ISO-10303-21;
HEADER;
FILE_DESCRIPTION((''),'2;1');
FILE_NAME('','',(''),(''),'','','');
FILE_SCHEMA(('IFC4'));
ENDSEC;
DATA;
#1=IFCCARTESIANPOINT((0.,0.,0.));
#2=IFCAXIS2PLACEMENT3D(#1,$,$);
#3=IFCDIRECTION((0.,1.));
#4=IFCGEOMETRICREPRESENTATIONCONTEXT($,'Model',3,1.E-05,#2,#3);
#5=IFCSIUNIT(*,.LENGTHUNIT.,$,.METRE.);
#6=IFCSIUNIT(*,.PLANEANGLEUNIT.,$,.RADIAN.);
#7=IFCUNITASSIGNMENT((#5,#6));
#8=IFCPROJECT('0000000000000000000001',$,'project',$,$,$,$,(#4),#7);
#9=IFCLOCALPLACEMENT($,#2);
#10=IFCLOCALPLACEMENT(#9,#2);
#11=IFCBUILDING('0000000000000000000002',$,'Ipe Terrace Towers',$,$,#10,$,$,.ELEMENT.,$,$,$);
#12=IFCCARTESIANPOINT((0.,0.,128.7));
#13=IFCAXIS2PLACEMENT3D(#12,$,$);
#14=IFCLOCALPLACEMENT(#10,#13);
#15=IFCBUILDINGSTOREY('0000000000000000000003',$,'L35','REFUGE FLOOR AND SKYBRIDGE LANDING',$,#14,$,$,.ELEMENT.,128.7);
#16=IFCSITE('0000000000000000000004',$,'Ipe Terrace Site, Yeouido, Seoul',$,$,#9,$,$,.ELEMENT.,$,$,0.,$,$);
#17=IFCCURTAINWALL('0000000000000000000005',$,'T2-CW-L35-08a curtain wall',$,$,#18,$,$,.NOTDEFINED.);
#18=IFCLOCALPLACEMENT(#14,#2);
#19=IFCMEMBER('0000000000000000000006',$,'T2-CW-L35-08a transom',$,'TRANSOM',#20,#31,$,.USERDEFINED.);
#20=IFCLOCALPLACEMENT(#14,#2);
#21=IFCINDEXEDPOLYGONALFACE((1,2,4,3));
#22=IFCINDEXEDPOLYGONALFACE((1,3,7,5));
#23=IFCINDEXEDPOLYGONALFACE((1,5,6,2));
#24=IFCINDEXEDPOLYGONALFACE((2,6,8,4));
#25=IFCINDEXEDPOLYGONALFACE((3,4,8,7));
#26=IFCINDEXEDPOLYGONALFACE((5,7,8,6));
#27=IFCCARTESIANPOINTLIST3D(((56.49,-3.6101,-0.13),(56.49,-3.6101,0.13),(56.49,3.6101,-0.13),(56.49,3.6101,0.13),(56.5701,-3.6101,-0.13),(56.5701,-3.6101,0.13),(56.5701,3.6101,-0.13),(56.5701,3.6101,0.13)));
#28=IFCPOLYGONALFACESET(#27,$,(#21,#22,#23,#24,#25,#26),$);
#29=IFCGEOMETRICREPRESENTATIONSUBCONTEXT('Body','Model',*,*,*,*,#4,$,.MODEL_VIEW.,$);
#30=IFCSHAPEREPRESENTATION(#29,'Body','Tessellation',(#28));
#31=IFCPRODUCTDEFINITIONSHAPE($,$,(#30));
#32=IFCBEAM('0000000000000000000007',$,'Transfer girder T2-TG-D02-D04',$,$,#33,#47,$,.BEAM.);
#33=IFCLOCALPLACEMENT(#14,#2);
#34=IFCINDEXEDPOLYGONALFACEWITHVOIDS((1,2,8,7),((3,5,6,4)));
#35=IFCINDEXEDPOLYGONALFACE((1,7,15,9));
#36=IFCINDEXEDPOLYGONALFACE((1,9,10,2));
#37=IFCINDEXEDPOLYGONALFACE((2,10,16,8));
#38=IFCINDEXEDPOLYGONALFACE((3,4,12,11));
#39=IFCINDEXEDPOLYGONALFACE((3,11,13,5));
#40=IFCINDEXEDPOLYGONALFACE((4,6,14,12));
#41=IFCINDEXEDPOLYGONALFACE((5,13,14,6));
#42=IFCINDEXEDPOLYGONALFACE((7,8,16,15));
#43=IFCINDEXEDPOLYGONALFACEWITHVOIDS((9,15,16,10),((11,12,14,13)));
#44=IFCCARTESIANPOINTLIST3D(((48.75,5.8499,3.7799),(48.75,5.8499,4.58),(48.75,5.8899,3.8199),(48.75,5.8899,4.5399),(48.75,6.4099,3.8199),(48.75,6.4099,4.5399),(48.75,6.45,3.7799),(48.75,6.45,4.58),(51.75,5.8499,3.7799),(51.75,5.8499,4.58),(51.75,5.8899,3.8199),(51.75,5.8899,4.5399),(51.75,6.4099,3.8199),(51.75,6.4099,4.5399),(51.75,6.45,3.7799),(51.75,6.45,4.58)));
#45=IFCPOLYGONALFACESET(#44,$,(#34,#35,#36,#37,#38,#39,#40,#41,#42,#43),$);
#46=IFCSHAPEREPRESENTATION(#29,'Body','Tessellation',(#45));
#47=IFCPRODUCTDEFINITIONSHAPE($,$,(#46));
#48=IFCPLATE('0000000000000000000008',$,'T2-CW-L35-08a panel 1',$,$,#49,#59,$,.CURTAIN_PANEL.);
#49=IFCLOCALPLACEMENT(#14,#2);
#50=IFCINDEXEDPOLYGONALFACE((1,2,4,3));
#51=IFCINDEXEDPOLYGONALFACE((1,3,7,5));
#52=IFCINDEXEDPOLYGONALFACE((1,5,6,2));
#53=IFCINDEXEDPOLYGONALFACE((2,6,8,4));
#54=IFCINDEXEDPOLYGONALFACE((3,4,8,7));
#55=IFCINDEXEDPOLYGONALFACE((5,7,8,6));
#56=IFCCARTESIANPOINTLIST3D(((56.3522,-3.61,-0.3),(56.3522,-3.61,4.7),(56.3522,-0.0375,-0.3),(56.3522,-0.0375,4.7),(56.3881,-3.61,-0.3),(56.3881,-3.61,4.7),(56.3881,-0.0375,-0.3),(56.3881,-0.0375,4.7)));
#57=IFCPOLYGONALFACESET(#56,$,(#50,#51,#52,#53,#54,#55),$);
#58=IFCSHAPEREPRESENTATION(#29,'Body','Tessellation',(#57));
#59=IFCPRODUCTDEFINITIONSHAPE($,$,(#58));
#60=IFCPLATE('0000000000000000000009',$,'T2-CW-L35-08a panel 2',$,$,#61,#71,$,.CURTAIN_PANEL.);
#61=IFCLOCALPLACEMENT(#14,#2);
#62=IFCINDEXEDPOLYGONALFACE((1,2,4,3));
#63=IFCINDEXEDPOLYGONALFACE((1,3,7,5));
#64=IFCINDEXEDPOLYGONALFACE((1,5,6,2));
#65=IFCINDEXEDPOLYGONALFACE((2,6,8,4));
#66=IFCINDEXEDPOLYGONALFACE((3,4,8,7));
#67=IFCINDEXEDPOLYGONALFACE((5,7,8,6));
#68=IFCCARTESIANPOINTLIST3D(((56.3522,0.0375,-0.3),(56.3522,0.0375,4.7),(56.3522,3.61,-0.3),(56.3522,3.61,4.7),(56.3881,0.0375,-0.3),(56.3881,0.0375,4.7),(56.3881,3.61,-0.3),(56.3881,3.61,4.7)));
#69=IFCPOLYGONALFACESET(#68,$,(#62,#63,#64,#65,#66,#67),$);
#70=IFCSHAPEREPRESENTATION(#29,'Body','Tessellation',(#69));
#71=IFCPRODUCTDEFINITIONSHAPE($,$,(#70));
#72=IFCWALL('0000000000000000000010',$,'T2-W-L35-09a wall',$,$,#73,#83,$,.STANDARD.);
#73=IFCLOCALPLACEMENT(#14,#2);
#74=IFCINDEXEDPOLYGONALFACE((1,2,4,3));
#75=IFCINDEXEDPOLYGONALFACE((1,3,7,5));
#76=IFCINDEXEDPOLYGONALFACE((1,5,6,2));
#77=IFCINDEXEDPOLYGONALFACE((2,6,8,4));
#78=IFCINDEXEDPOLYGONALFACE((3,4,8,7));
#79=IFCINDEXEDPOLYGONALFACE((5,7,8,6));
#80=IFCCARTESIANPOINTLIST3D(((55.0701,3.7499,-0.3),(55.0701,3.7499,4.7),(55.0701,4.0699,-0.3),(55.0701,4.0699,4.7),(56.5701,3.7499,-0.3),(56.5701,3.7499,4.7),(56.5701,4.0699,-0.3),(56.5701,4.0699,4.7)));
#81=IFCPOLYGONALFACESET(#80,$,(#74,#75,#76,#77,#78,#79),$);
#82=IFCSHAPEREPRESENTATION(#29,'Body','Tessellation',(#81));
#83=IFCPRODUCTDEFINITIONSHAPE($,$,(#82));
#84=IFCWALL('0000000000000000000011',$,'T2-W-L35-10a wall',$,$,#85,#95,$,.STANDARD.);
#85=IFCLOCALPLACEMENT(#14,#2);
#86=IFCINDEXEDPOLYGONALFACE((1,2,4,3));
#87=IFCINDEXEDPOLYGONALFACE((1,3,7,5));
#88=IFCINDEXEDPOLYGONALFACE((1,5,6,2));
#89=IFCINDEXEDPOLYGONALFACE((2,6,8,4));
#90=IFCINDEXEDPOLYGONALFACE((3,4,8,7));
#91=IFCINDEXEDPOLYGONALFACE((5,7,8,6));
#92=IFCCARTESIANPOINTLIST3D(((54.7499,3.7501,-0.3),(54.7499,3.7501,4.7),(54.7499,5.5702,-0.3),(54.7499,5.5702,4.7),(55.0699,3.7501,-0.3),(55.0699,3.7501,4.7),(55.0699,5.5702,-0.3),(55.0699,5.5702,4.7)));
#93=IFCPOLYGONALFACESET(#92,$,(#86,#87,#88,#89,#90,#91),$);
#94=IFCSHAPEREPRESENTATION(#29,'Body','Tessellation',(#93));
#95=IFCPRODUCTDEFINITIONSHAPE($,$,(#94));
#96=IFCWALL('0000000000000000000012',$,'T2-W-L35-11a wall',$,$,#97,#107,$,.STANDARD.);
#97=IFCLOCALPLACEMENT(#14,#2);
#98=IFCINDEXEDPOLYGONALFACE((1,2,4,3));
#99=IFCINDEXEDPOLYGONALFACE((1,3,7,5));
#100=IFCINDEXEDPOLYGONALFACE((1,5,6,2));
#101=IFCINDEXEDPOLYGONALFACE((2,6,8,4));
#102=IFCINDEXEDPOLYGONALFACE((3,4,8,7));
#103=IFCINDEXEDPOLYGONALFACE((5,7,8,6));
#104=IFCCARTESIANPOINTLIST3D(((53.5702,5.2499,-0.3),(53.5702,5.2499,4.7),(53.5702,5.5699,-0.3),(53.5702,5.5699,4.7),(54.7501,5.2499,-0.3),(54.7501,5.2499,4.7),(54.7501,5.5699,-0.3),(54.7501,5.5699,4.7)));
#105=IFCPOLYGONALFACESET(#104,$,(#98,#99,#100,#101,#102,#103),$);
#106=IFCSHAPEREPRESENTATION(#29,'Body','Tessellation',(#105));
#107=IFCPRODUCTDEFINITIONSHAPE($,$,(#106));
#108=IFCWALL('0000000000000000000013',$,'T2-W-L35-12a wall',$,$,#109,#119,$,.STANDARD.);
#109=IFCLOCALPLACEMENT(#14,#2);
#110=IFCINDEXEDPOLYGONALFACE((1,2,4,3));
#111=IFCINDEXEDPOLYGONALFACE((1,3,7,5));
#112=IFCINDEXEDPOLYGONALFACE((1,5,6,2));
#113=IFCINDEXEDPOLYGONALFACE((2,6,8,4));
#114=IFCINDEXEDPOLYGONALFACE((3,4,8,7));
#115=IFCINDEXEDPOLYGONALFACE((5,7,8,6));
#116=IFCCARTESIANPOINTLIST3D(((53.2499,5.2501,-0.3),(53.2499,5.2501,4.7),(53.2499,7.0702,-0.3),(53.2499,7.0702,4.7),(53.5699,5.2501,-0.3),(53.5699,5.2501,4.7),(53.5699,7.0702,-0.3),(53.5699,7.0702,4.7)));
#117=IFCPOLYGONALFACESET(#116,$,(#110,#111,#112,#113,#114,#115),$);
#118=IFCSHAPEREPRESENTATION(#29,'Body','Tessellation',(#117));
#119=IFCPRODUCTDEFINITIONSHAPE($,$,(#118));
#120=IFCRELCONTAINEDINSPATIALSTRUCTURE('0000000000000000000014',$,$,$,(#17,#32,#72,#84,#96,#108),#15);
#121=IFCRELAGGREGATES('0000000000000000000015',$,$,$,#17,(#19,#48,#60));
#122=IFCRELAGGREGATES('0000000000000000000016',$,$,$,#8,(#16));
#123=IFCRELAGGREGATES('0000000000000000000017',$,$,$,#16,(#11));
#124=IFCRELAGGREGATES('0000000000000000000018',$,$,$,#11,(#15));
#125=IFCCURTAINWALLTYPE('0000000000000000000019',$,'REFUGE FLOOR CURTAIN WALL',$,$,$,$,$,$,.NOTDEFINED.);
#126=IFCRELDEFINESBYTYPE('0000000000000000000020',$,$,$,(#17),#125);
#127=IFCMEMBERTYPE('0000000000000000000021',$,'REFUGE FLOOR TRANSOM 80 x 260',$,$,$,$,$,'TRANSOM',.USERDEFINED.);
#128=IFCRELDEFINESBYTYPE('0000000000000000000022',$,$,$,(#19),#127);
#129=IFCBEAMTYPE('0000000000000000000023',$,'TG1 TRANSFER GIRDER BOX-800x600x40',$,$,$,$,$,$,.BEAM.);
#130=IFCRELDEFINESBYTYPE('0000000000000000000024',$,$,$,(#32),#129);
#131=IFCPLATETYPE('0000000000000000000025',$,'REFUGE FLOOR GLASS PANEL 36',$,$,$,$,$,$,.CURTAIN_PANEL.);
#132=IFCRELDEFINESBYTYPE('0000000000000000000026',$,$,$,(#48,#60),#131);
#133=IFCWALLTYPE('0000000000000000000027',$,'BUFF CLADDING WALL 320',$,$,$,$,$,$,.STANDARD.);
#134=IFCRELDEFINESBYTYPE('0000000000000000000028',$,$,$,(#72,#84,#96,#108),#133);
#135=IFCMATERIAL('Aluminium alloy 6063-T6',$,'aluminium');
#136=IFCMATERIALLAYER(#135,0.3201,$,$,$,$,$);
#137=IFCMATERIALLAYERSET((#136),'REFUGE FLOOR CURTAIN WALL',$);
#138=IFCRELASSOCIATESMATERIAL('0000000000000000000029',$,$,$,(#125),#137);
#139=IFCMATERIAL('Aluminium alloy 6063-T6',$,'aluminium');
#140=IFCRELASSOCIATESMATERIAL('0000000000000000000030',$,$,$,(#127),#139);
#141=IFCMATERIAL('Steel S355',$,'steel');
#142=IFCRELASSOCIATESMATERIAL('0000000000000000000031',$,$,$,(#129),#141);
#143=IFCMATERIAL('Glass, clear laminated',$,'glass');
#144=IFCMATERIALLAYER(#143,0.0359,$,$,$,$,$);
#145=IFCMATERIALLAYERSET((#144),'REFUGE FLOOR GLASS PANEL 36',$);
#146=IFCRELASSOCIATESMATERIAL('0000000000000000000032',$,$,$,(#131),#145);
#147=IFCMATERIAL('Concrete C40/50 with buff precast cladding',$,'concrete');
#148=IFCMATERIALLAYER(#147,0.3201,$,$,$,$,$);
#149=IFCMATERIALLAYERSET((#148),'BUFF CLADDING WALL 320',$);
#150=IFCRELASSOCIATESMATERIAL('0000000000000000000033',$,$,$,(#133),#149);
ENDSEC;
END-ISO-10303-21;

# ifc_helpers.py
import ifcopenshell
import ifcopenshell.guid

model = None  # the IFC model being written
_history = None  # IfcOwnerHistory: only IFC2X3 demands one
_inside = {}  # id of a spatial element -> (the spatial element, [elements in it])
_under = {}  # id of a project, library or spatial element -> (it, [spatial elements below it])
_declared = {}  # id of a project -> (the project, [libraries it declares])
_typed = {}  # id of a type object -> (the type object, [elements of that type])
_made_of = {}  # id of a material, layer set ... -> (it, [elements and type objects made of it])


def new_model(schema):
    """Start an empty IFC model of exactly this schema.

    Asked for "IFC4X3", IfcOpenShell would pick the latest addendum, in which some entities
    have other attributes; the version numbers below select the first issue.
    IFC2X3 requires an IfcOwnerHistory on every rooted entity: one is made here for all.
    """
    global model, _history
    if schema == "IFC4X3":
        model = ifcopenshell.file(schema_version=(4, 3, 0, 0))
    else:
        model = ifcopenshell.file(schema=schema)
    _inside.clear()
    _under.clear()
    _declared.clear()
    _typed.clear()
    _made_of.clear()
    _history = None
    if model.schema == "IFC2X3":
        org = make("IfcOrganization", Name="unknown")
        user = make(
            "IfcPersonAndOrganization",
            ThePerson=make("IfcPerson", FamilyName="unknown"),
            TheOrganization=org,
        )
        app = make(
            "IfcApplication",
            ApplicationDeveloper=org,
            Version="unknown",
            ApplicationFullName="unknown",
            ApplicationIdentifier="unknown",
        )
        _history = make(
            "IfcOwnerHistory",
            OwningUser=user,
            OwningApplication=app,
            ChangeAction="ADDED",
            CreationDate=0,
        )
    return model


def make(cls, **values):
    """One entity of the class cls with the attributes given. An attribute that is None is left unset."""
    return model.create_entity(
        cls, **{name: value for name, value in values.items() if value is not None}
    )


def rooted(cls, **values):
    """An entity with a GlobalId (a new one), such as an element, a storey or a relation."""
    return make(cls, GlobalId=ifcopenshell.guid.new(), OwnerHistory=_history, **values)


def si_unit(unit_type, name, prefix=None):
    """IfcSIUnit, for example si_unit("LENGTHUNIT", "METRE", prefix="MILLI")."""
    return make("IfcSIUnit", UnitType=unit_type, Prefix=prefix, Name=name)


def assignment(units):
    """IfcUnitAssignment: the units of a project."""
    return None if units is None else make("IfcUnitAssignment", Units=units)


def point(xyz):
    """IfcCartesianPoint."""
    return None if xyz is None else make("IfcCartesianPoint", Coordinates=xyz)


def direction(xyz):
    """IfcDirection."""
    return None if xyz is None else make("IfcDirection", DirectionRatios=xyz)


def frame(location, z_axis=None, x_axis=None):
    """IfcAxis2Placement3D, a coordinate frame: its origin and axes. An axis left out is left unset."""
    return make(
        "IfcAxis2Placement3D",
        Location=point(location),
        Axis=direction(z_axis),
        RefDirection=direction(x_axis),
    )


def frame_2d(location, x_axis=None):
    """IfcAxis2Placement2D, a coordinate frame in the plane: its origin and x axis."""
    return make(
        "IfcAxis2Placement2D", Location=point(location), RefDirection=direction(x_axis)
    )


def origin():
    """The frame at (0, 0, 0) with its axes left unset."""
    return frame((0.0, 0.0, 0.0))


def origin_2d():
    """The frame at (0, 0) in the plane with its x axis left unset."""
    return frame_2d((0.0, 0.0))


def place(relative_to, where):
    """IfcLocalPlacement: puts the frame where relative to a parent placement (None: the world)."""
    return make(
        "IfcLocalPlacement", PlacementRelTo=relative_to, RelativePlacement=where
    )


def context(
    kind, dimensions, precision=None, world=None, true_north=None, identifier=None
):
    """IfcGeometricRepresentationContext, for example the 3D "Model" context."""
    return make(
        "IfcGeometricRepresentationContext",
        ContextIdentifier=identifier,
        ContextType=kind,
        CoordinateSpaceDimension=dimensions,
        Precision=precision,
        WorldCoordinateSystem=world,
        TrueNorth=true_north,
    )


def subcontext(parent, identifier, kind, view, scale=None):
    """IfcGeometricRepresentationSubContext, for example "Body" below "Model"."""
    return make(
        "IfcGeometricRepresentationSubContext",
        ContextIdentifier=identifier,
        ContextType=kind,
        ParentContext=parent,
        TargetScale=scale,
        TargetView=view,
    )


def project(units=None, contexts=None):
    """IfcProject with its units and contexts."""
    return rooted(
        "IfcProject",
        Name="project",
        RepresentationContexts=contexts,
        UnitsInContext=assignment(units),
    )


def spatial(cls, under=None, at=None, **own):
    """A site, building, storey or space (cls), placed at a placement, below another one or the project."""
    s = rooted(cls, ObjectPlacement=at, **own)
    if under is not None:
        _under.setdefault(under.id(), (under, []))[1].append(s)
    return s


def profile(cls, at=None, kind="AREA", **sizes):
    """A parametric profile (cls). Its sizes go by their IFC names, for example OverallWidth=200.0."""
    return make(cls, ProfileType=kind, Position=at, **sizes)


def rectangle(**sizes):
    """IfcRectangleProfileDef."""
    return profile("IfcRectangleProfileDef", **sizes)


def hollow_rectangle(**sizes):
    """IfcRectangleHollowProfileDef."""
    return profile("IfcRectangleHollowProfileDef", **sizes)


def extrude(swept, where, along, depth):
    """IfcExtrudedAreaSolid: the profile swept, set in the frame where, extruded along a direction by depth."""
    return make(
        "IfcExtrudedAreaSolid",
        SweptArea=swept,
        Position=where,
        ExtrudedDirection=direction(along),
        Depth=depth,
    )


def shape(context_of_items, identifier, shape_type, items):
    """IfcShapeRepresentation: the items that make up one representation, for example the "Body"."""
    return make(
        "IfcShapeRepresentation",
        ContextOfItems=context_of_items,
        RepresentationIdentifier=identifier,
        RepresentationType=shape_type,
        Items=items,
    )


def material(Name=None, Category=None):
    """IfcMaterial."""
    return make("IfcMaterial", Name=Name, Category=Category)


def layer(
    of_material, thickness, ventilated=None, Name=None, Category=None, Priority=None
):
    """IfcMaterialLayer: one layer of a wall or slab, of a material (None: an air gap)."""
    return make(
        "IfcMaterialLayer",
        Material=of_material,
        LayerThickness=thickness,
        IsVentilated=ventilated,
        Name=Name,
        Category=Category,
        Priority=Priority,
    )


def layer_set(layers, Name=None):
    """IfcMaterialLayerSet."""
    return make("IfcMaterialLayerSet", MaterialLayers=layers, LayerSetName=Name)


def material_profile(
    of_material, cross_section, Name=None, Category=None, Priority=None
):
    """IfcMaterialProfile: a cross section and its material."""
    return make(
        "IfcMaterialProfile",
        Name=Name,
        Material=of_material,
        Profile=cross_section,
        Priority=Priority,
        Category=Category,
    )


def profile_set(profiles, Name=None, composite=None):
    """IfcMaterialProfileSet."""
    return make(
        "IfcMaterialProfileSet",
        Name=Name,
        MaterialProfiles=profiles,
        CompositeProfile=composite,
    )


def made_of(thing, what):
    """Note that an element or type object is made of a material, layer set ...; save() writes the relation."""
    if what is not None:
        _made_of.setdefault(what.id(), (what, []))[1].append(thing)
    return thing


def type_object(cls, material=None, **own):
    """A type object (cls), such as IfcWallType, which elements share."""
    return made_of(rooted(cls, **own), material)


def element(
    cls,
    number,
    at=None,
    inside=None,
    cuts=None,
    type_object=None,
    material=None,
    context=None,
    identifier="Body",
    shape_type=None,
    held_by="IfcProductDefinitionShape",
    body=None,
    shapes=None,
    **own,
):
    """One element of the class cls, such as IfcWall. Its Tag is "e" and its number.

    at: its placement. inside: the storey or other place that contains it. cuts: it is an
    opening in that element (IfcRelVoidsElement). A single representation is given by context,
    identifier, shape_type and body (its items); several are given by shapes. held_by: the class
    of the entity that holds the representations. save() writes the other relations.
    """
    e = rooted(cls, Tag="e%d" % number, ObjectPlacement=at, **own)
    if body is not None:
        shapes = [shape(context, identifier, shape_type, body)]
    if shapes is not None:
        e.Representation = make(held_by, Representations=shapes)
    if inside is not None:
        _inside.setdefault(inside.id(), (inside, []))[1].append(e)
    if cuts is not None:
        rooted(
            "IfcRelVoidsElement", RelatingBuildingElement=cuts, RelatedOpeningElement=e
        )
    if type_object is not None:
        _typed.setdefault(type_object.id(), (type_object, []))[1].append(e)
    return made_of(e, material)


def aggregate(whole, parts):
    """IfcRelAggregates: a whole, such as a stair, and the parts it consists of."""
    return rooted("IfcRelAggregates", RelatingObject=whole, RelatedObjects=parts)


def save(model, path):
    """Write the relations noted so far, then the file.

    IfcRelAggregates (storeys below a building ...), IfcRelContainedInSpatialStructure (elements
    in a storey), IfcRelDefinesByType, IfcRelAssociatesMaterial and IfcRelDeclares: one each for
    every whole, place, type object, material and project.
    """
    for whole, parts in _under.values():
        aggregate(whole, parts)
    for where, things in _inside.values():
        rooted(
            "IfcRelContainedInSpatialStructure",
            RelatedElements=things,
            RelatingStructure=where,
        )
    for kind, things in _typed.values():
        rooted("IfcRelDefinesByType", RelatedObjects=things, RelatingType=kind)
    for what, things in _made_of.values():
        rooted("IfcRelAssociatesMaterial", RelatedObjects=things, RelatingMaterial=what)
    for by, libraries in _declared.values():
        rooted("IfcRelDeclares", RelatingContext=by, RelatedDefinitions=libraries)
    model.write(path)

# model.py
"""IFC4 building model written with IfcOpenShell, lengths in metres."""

from ifc_helpers import new_model, si_unit, direction, frame, frame_2d, origin, origin_2d, place, context, subcontext, project, spatial, rectangle, hollow_rectangle, extrude, material, layer, layer_set, material_profile, profile_set, type_object, element, aggregate, save


model = new_model("IFC4")

# Units and contexts
model_context = context("Model", 3, precision=1e-05, world=origin(), true_north=direction((0.0, 1.0)))
body_context = subcontext(model_context, "Body", "Model", "MODEL_VIEW")
ifc_project = project(units=[si_unit("LENGTHUNIT", "METRE"), si_unit("PLANEANGLEUNIT", "RADIAN")], contexts=[model_context])

# Site, building, storey
site_placement = place(None, origin())
site = spatial("IfcSite", under=ifc_project, at=site_placement, Name="Ipe Terrace Site, Yeouido, Seoul", CompositionType="ELEMENT", RefElevation=0.0)
building_placement = place(site_placement, origin())
building = spatial("IfcBuilding", under=site, at=building_placement, Name="Ipe Terrace Towers", CompositionType="ELEMENT")
storey_placement = place(building_placement, frame((0.0, 0.0, 128.7)))
storey = spatial("IfcBuildingStorey", under=building, at=storey_placement, Name="L35", Description="REFUGE FLOOR AND SKYBRIDGE LANDING", CompositionType="ELEMENT", Elevation=128.7)

# Curtain wall, member
ifc_material_1 = material(Name="Aluminium alloy 6063-T6", Category="aluminium")
ifc_layer_1 = layer(ifc_material_1, 0.3201)
ifc_layer_set_1 = layer_set([ifc_layer_1], Name="REFUGE FLOOR CURTAIN WALL")
curtain_wall_type = type_object("IfcCurtainWallType", Name="REFUGE FLOOR CURTAIN WALL", PredefinedType="NOTDEFINED", material=ifc_layer_set_1)
curtain_wall_placement = place(storey_placement, origin())
curtain_wall = element("IfcCurtainWall", 1, at=curtain_wall_placement, inside=storey, type_object=curtain_wall_type, Name="T2-CW-L35-08a curtain wall", PredefinedType="NOTDEFINED")
ifc_material_2 = material(Name="Aluminium alloy 6063-T6", Category="aluminium")
ifc_material_profile_1 = material_profile(ifc_material_2, rectangle(XDim=0.0801, YDim=0.26, at=origin_2d()), Name="REFUGE FLOOR TRANSOM 80 x 260")
ifc_profile_set_1 = profile_set([ifc_material_profile_1], Name="Aluminium alloy 6063-T6")
member_type_1 = type_object("IfcMemberType", Name="REFUGE FLOOR TRANSOM 80 x 260", ElementType="TRANSOM", PredefinedType="USERDEFINED", material=ifc_profile_set_1)
member_1_placement = place(storey_placement, frame((56.53, -3.6101, 0.0), z_axis=(0.0, 1.0, 0.0), x_axis=(1.0, 0.0, 0.0)))
member_1 = element("IfcMember", 2, at=member_1_placement, type_object=member_type_1, Name="T2-CW-L35-08a transom", ObjectType="TRANSOM", PredefinedType="USERDEFINED", context=body_context, shape_type="SweptSolid", body=[
    extrude(rectangle(XDim=0.0801, YDim=0.26, at=origin_2d()), origin(), (0.0, 0.0, 1.0), 7.2202),
])

# Beam
ifc_material_3 = material(Name="Steel S355", Category="steel")
ifc_material_profile_2 = material_profile(ifc_material_3, hollow_rectangle(XDim=0.6001, YDim=0.8, WallThickness=0.04, at=origin_2d()), Name="BOX-800x600x40")
ifc_profile_set_2 = profile_set([ifc_material_profile_2], Name="Steel S355")
beam_type = type_object("IfcBeamType", Name="TG1 TRANSFER GIRDER BOX-800x600x40", PredefinedType="BEAM", material=ifc_profile_set_2)
beam_placement = place(storey_placement, frame((48.75, 6.1499, 4.1799), z_axis=(1.0, 0.0, 0.0), x_axis=(0.0, 1.0, 0.0)))
element("IfcBeam", 3, at=beam_placement, inside=storey, type_object=beam_type, Name="Transfer girder T2-TG-D02-D04", PredefinedType="BEAM", context=body_context, shape_type="SweptSolid", body=[
    extrude(hollow_rectangle(XDim=0.6001, YDim=0.8, WallThickness=0.04, at=origin_2d()), origin(), (0.0, 0.0, 1.0), 3.0),
])

# Plates
ifc_material_4 = material(Name="Glass, clear laminated", Category="glass")
ifc_layer_2 = layer(ifc_material_4, 0.0359)
ifc_layer_set_2 = layer_set([ifc_layer_2], Name="REFUGE FLOOR GLASS PANEL 36")
plate_type = type_object("IfcPlateType", Name="REFUGE FLOOR GLASS PANEL 36", PredefinedType="CURTAIN_PANEL", material=ifc_layer_set_2)
plate_1_placement = place(storey_placement, frame((56.3701, -1.8237, -0.3), z_axis=(0.0, 0.0, 1.0), x_axis=(0.0, 1.0, 0.0)))
plate_1 = element("IfcPlate", 4, at=plate_1_placement, type_object=plate_type, Name="T2-CW-L35-08a panel 1", PredefinedType="CURTAIN_PANEL", context=body_context, shape_type="SweptSolid", body=[
    extrude(rectangle(XDim=3.5725, YDim=0.0359, at=origin_2d()), origin(), (0.0, 0.0, 1.0), 5.0),
])
plate_2_placement = place(storey_placement, frame((56.3701, 1.8237, -0.3), z_axis=(0.0, 0.0, 1.0), x_axis=(0.0, 1.0, 0.0)))
plate_2 = element("IfcPlate", 5, at=plate_2_placement, type_object=plate_type, Name="T2-CW-L35-08a panel 2", PredefinedType="CURTAIN_PANEL", context=body_context, shape_type="SweptSolid", body=[
    extrude(rectangle(XDim=3.5725, YDim=0.0359, at=origin_2d()), origin(), (0.0, 0.0, 1.0), 5.0),
])
aggregate(curtain_wall, [member_1, plate_1, plate_2])

# Walls
ifc_material_5 = material(Name="Concrete C40/50 with buff precast cladding", Category="concrete")
ifc_layer_3 = layer(ifc_material_5, 0.3201)
ifc_layer_set_3 = layer_set([ifc_layer_3], Name="BUFF CLADDING WALL 320")
wall_type_1 = type_object("IfcWallType", Name="BUFF CLADDING WALL 320", PredefinedType="STANDARD", material=ifc_layer_set_3)
wall_1_placement = place(storey_placement, frame((56.5701, 3.9099, -0.3), z_axis=(0.0, 0.0, 1.0), x_axis=(-1.0, 0.0, 0.0)))
element("IfcWall", 6, at=wall_1_placement, inside=storey, type_object=wall_type_1, Name="T2-W-L35-09a wall", PredefinedType="STANDARD", context=body_context, shape_type="SweptSolid", body=[
    extrude(rectangle(XDim=1.5, YDim=0.3201, at=frame_2d((0.75, 0.0))), origin(), (0.0, 0.0, 1.0), 5.0),
])
wall_2_placement = place(storey_placement, frame((54.9099, 3.75, -0.3), z_axis=(0.0, 0.0, 1.0), x_axis=(0.0, 1.0, 0.0)))
element("IfcWall", 7, at=wall_2_placement, inside=storey, type_object=wall_type_1, Name="T2-W-L35-10a wall", PredefinedType="STANDARD", context=body_context, shape_type="SweptSolid", body=[
    extrude(rectangle(XDim=1.8201, YDim=0.3201, at=frame_2d((0.9102, 0.0))), origin(), (0.0, 0.0, 1.0), 5.0),
])
wall_3_placement = place(storey_placement, frame((54.75, 5.4099, -0.3), z_axis=(0.0, 0.0, 1.0), x_axis=(-1.0, 0.0, 0.0)))
element("IfcWall", 8, at=wall_3_placement, inside=storey, type_object=wall_type_1, Name="T2-W-L35-11a wall", PredefinedType="STANDARD", context=body_context, shape_type="SweptSolid", body=[
    extrude(rectangle(XDim=1.1799, YDim=0.3201, at=frame_2d((0.5898, 0.0))), origin(), (0.0, 0.0, 1.0), 5.0),
])
wall_4_placement = place(storey_placement, frame((53.4099, 5.25, -0.3), z_axis=(0.0, 0.0, 1.0), x_axis=(0.0, 1.0, 0.0)))
element("IfcWall", 9, at=wall_4_placement, inside=storey, type_object=wall_type_1, Name="T2-W-L35-12a wall", PredefinedType="STANDARD", context=body_context, shape_type="SweptSolid", body=[
    extrude(rectangle(XDim=1.8201, YDim=0.3201, at=frame_2d((0.9102, 0.0))), origin(), (0.0, 0.0, 1.0), 5.0),
])

save(model, "model.ifc")
